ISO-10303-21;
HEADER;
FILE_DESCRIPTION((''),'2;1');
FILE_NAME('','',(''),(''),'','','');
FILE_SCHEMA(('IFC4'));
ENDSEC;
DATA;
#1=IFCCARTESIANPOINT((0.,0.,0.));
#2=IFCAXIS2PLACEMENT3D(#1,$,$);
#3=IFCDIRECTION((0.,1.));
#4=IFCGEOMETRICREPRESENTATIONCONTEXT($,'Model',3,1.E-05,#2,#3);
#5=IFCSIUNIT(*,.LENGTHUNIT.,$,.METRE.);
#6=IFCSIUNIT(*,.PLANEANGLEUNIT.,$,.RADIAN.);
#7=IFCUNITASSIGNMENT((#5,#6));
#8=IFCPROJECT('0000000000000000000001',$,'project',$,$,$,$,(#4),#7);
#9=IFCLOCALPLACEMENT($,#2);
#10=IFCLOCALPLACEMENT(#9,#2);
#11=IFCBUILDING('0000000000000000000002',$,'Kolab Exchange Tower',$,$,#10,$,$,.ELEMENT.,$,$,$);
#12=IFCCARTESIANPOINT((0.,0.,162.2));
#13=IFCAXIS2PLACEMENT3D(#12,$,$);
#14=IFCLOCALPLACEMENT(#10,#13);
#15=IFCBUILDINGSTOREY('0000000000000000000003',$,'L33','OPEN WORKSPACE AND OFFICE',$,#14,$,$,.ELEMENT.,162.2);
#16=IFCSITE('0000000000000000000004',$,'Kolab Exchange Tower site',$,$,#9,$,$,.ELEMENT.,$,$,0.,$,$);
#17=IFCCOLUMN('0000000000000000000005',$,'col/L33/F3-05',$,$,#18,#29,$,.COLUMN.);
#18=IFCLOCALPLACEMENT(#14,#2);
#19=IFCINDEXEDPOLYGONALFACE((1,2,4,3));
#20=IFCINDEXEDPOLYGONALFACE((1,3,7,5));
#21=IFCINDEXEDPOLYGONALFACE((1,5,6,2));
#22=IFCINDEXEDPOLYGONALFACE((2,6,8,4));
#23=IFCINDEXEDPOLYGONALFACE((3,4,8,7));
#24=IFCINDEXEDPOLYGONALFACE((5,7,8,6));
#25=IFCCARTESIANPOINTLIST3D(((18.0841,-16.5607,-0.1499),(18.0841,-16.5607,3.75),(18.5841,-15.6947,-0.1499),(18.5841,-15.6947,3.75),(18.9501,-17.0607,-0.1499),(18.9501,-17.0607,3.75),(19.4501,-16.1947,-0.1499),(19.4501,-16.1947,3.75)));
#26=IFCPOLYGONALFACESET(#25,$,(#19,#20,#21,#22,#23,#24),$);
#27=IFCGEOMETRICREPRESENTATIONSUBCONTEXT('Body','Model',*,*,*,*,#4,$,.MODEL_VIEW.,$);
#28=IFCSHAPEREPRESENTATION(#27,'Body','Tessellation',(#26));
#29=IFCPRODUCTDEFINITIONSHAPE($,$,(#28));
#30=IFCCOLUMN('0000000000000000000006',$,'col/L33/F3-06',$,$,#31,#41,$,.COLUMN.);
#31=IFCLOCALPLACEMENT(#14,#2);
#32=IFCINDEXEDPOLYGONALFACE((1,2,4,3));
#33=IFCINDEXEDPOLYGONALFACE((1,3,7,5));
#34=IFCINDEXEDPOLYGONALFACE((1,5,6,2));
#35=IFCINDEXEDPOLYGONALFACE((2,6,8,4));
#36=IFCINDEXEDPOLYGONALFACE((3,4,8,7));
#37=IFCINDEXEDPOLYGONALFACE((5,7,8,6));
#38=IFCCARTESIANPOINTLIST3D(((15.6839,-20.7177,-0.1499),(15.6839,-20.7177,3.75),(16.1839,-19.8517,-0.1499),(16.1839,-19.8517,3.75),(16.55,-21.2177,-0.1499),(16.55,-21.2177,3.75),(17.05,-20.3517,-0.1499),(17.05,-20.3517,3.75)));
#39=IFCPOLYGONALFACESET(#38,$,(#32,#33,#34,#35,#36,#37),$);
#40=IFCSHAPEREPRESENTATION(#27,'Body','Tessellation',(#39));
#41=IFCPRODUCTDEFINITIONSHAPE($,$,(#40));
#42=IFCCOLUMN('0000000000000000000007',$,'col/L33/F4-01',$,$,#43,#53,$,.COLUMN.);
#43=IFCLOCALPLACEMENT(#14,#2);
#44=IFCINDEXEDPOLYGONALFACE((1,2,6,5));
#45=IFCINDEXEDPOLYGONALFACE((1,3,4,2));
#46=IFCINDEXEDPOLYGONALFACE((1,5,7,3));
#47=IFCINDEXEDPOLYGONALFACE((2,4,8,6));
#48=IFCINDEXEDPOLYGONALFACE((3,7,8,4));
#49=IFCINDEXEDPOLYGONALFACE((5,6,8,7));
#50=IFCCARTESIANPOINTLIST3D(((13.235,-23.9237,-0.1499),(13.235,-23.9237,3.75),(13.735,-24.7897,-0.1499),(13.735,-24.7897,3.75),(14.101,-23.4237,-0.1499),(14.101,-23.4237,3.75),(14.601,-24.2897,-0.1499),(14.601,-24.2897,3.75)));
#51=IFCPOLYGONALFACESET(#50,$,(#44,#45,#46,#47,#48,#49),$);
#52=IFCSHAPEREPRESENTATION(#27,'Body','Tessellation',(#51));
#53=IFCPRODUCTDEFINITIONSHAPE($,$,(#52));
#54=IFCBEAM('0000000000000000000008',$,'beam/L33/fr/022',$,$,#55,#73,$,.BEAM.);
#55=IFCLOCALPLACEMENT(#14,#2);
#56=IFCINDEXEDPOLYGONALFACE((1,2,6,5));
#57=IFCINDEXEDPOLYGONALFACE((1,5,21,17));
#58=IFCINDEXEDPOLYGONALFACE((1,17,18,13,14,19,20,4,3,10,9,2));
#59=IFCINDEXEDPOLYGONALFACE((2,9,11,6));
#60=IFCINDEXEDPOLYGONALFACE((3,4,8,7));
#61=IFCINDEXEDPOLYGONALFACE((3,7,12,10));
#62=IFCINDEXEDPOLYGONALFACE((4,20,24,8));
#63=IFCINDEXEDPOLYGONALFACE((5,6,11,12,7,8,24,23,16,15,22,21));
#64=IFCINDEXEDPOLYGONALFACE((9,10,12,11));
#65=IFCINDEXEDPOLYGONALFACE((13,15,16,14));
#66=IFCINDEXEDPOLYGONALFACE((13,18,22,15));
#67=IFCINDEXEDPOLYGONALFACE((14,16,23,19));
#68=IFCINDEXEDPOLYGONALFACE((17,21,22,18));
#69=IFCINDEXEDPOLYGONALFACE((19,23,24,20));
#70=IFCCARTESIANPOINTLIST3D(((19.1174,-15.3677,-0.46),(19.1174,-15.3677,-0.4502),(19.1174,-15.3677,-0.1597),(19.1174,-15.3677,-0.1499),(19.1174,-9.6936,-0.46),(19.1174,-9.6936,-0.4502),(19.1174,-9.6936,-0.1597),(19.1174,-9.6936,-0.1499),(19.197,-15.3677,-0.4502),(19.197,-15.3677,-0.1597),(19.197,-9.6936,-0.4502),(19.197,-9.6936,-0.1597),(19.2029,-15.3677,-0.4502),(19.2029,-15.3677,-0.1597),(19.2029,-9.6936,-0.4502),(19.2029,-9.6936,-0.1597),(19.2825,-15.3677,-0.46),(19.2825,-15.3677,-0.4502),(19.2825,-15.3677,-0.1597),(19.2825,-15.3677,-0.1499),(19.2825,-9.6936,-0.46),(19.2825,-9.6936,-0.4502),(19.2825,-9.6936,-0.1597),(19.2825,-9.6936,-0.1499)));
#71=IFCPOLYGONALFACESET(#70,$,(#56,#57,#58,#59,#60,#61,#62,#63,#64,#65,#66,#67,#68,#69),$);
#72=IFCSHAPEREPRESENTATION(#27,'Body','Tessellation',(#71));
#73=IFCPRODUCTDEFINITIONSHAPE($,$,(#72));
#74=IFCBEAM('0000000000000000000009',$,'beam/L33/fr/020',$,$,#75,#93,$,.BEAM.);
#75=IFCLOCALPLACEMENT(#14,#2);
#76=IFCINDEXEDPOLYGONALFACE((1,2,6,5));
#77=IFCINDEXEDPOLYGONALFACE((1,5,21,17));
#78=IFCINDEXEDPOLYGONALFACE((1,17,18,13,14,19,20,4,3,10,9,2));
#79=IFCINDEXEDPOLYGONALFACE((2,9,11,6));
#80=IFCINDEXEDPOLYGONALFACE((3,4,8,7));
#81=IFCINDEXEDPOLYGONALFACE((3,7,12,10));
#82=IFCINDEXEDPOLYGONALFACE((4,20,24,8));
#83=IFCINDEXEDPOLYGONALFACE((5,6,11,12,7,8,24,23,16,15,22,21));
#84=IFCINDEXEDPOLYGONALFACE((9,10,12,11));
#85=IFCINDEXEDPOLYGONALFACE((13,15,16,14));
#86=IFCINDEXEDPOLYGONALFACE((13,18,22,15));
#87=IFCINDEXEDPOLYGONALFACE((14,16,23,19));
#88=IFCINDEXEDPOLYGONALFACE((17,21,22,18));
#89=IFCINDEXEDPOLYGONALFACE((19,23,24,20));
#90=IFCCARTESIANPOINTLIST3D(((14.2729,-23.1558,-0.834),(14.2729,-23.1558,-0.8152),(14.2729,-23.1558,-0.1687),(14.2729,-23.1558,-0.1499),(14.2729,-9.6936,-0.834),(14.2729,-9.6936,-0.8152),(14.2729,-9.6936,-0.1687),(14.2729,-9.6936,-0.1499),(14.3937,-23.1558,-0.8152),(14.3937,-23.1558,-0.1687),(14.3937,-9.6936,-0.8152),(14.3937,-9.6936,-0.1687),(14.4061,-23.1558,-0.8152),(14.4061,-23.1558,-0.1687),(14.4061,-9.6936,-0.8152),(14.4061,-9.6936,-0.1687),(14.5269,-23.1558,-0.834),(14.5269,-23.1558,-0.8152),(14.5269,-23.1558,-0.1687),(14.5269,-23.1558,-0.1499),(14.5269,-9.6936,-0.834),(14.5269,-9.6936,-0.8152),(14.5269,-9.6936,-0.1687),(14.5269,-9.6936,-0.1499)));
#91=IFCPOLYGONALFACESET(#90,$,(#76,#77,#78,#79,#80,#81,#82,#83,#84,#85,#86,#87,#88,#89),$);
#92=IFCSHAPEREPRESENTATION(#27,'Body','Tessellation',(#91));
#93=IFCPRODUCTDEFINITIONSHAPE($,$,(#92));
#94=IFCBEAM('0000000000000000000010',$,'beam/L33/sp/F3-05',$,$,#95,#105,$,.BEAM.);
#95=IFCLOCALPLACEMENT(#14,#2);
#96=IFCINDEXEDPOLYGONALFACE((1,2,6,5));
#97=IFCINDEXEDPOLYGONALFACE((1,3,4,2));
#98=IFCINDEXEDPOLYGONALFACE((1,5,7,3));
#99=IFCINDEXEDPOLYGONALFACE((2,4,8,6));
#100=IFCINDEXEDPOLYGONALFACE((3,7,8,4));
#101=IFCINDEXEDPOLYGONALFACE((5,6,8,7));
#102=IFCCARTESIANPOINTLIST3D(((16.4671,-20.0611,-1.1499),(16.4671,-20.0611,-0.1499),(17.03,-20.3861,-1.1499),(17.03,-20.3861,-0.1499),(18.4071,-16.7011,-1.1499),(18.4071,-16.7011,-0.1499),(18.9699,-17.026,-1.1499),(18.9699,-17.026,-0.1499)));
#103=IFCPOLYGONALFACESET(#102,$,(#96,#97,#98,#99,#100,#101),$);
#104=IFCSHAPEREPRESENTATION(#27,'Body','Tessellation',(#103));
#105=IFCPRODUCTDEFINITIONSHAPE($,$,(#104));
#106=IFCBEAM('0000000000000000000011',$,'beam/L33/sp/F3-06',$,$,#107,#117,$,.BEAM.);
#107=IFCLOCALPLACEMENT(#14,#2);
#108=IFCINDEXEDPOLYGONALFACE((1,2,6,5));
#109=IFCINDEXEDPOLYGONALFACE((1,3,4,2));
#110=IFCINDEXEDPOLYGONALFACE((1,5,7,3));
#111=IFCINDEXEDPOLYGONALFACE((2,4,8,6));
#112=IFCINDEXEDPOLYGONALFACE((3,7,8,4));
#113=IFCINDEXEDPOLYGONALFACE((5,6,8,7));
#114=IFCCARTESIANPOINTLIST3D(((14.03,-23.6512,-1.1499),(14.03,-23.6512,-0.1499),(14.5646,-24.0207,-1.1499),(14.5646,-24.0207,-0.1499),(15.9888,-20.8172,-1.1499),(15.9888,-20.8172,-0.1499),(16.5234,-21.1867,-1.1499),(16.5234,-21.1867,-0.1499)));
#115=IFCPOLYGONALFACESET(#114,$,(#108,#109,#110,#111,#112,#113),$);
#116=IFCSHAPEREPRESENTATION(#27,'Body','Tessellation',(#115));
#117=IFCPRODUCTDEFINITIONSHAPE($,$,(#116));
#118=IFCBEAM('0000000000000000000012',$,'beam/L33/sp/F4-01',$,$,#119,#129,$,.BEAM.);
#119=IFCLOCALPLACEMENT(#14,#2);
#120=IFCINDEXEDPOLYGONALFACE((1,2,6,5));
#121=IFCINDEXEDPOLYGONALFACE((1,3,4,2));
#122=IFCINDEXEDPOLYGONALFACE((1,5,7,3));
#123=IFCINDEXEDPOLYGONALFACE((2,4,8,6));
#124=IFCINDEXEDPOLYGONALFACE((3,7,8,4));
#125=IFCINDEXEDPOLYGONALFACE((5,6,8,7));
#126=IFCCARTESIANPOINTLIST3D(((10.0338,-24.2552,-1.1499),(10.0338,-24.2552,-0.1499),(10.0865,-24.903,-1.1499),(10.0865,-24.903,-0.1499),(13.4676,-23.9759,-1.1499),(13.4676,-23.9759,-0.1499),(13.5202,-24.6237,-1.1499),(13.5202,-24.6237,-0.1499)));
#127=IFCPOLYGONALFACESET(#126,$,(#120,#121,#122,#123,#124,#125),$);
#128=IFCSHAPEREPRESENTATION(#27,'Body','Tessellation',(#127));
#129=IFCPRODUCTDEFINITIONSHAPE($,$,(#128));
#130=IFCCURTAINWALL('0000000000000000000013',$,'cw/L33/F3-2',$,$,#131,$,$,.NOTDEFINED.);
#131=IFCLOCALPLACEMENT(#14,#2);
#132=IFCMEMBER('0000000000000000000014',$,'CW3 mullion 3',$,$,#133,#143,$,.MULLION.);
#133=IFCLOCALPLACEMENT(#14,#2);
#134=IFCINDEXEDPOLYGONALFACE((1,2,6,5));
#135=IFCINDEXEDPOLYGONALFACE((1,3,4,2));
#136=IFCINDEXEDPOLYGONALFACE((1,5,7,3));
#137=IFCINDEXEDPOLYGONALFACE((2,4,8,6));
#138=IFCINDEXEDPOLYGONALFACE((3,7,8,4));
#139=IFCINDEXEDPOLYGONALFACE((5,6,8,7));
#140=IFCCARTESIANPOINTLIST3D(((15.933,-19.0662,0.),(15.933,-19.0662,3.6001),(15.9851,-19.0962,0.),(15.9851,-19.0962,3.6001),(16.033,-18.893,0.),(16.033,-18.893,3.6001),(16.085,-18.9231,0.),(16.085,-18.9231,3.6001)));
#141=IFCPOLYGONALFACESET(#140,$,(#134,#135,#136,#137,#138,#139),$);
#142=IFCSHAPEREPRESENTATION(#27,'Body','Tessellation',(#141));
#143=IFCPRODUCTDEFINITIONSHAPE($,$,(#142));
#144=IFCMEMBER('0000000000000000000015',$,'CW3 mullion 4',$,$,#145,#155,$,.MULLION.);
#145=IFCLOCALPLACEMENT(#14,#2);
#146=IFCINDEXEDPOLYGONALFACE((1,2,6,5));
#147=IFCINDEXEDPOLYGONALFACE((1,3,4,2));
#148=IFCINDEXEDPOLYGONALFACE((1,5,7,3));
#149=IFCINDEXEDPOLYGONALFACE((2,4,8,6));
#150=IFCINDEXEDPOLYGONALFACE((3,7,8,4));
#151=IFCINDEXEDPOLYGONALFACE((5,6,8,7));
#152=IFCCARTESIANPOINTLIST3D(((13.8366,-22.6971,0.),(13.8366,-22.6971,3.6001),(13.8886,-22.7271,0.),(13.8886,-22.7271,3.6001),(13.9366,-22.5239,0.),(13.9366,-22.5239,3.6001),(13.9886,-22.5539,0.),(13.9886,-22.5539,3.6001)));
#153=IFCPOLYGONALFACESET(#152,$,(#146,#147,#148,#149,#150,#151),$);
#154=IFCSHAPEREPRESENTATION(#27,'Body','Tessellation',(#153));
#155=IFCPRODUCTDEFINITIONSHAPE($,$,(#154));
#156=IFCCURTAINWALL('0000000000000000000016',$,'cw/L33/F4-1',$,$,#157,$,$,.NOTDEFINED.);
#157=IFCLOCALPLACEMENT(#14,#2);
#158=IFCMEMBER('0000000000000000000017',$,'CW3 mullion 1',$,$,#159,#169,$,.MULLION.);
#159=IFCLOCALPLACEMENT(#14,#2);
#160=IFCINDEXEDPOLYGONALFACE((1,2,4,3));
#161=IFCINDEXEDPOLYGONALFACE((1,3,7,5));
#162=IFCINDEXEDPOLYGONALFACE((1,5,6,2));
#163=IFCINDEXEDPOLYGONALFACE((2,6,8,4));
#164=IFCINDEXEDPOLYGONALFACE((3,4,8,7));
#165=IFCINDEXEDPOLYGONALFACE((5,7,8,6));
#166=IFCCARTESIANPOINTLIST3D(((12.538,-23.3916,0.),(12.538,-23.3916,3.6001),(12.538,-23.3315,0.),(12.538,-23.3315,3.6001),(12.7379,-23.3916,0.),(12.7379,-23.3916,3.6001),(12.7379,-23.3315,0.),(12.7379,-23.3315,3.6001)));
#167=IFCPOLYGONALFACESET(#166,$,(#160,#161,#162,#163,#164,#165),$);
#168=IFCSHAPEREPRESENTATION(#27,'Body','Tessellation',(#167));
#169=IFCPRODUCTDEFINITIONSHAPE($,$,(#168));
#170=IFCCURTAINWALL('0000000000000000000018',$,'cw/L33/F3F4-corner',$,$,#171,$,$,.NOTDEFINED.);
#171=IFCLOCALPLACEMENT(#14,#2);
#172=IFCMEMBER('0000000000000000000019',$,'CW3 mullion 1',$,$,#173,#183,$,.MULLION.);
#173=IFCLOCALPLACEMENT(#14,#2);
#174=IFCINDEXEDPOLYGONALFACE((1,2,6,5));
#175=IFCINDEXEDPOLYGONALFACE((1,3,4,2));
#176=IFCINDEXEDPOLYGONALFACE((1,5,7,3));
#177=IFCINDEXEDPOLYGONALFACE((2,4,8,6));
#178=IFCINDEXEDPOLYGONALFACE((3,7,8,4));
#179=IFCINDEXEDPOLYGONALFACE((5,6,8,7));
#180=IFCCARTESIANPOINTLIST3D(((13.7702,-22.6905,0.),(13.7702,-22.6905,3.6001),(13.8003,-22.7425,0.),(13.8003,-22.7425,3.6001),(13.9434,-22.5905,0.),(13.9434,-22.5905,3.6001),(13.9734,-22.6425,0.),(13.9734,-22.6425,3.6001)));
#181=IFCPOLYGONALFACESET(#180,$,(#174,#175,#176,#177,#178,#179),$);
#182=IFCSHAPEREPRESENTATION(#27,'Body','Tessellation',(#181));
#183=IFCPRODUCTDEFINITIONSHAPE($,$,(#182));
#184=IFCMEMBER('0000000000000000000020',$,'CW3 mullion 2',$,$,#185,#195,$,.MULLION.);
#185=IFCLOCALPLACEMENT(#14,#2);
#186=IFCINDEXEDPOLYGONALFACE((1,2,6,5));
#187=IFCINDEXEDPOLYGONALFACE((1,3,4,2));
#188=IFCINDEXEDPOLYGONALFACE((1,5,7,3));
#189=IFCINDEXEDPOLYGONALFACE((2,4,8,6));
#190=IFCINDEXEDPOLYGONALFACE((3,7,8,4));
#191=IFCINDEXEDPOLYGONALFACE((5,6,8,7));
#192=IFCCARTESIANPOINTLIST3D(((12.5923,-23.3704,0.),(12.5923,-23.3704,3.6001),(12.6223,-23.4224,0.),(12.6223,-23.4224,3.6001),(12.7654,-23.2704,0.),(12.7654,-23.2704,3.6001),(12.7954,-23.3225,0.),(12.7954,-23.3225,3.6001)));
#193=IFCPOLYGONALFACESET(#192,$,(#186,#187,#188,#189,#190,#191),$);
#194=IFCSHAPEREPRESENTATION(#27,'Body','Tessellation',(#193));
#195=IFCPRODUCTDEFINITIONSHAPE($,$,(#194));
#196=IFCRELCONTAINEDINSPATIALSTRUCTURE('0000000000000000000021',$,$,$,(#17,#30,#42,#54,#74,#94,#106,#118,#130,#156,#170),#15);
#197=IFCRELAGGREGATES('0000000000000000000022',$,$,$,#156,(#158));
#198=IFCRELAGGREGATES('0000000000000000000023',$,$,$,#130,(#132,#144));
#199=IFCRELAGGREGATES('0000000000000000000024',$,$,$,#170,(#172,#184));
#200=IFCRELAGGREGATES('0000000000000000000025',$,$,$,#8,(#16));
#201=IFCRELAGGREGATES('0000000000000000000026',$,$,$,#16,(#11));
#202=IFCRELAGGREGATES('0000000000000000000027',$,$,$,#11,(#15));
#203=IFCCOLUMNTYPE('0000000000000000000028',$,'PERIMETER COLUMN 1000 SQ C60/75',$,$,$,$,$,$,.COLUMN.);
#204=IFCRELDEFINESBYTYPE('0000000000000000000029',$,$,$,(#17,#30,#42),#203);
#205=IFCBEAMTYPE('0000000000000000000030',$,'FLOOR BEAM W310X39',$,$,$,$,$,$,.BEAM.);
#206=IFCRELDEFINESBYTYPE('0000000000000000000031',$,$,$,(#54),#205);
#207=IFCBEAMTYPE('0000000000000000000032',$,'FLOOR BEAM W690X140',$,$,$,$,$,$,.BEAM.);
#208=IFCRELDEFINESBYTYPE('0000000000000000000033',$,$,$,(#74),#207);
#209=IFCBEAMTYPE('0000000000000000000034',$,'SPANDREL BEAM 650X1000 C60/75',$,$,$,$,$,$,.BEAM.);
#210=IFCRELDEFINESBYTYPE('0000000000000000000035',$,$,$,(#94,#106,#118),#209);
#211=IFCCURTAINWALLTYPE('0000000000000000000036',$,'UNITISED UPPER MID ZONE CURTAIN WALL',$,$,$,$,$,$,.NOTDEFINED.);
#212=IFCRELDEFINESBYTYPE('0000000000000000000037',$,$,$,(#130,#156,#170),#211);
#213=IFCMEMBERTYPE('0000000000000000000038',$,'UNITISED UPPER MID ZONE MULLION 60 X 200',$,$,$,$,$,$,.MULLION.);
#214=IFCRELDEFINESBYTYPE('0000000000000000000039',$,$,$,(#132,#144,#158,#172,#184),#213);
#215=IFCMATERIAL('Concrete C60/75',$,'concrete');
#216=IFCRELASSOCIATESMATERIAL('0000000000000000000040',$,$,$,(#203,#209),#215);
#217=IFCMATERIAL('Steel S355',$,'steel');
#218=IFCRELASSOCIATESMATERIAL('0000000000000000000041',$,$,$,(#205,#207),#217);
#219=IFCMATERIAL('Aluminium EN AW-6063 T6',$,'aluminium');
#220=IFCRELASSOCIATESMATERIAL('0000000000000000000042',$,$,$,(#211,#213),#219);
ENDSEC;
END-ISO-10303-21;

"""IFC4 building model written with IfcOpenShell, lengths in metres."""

from ifc_helpers import new_model, si_unit, direction, frame, origin, origin_2d, place, context, subcontext, project, spatial, rectangle, i_section, extrude, material, material_profile, profile_set, type_object, element, aggregate, save


model = new_model("IFC4")

# Units and contexts
model_context = context("Model", 3, precision=1e-05, world=origin(), true_north=direction((0.0, 1.0)))
body_context = subcontext(model_context, "Body", "Model", "MODEL_VIEW")
ifc_project = project(units=[si_unit("LENGTHUNIT", "METRE"), si_unit("PLANEANGLEUNIT", "RADIAN")], contexts=[model_context])

# Site, building, storey
site_placement = place(None, origin())
site = spatial("IfcSite", under=ifc_project, at=site_placement, Name="Kolab Exchange Tower site", CompositionType="ELEMENT", RefElevation=0.0)
building_placement = place(site_placement, origin())
building = spatial("IfcBuilding", under=site, at=building_placement, Name="Kolab Exchange Tower", CompositionType="ELEMENT")
storey_placement = place(building_placement, frame((0.0, 0.0, 162.2)))
storey = spatial("IfcBuildingStorey", under=building, at=storey_placement, Name="L33", Description="OPEN WORKSPACE AND OFFICE", CompositionType="ELEMENT", Elevation=162.2)

# Columns
ifc_material_1 = material(Name="Concrete C60/75", Category="concrete")
ifc_material_profile_1 = material_profile(ifc_material_1, rectangle(XDim=1.0, YDim=1.0, at=origin_2d()), Name="RC1000")
ifc_profile_set_1 = profile_set([ifc_material_profile_1], Name="Concrete C60/75")
column_type = type_object("IfcColumnType", Name="PERIMETER COLUMN 1000 SQ C60/75", PredefinedType="COLUMN", material=ifc_profile_set_1)
for number, where, z_axis, x_axis, name in (
    (1, (18.7671, -16.3777, -0.1499), (0.0, 0.0, 1.0), (0.5, 0.866025, 0.0), "col/L33/F3-05"),
    (2, (16.3669, -20.5347, -0.1499), (0.0, 0.0, 1.0), (0.5, 0.866025, 0.0), "col/L33/F3-06"),
    (3, (13.918, -24.1067, -0.1499), (0.0, 0.0, 1.0), (0.866025, 0.5, 0.0), "col/L33/F4-01"),
):
    element("IfcColumn", number, at=place(storey_placement, frame(where, z_axis=z_axis, x_axis=x_axis)), inside=storey, type_object=column_type, Name=name, PredefinedType="COLUMN", context=body_context, shape_type="SweptSolid", body=[
        extrude(rectangle(XDim=1.0, YDim=1.0, at=origin_2d()), origin(), (0.0, 0.0, 1.0), 3.8999),
    ])

# Beams
ifc_material_2 = material(Name="Steel S355", Category="steel")
ifc_material_profile_2 = material_profile(ifc_material_2, i_section(OverallWidth=0.165, OverallDepth=0.3101, WebThickness=0.0059, FlangeThickness=0.0098, at=origin_2d()), Name="W310X39")
ifc_profile_set_2 = profile_set([ifc_material_profile_2], Name="Steel S355")
beam_type_1 = type_object("IfcBeamType", Name="FLOOR BEAM W310X39", PredefinedType="BEAM", material=ifc_profile_set_2)
beam_1_placement = place(storey_placement, frame((19.2, -15.3677, -0.3049), z_axis=(0.0, 1.0, 0.0), x_axis=(-1.0, 0.0, 0.0)))
element("IfcBeam", 4, at=beam_1_placement, inside=storey, type_object=beam_type_1, Name="beam/L33/fr/022", PredefinedType="BEAM", context=body_context, shape_type="SweptSolid", body=[
    extrude(i_section(OverallWidth=0.165, OverallDepth=0.3101, WebThickness=0.0059, FlangeThickness=0.0098, at=origin_2d()), origin(), (0.0, 0.0, 1.0), 5.6741),
])
ifc_material_profile_3 = material_profile(ifc_material_2, i_section(OverallWidth=0.2539, OverallDepth=0.6841, WebThickness=0.0125, FlangeThickness=0.0188, at=origin_2d()), Name="W690X140")
ifc_profile_set_3 = profile_set([ifc_material_profile_3], Name="Steel S355")
beam_type_2 = type_object("IfcBeamType", Name="FLOOR BEAM W690X140", PredefinedType="BEAM", material=ifc_profile_set_3)
beam_2_placement = place(storey_placement, frame((14.3999, -23.1558, -0.4919), z_axis=(0.0, 1.0, 0.0), x_axis=(-1.0, 0.0, 0.0)))
element("IfcBeam", 5, at=beam_2_placement, inside=storey, type_object=beam_type_2, Name="beam/L33/fr/020", PredefinedType="BEAM", context=body_context, shape_type="SweptSolid", body=[
    extrude(i_section(OverallWidth=0.2539, OverallDepth=0.6841, WebThickness=0.0125, FlangeThickness=0.0188, at=origin_2d()), origin(), (0.0, 0.0, 1.0), 13.4622),
])
ifc_material_profile_4 = material_profile(ifc_material_1, rectangle(XDim=0.6499, YDim=1.0, at=origin_2d()), Name="RC650X1000")
ifc_profile_set_4 = profile_set([ifc_material_profile_4], Name="Concrete C60/75")
beam_type_3 = type_object("IfcBeamType", Name="SPANDREL BEAM 650X1000 C60/75", PredefinedType="BEAM", material=ifc_profile_set_4)
beam_3_placement = place(storey_placement, frame((18.6885, -16.8635, -0.6499), z_axis=(-0.499997, -0.866027, 0.0), x_axis=(0.866027, -0.499997, 0.0)))
element("IfcBeam", 6, at=beam_3_placement, inside=storey, type_object=beam_type_3, Name="beam/L33/sp/F3-05", PredefinedType="BEAM", context=body_context, shape_type="SweptSolid", body=[
    extrude(rectangle(XDim=0.6499, YDim=1.0, at=origin_2d()), origin(), (0.0, 0.0, 1.0), 3.8799),
])
for number, where, z_axis, x_axis, name in (
    (7, (16.2561, -21.002, -0.6499), (-0.568572, -0.822633, 0.0), (0.822633, -0.568572, 0.0), "beam/L33/sp/F3-06"),
    (8, (13.4939, -24.2998, -0.6499), (-0.996708, -0.081069, 0.0), (0.081069, -0.996708, 0.0), "beam/L33/sp/F4-01"),
):
    element("IfcBeam", number, at=place(storey_placement, frame(where, z_axis=z_axis, x_axis=x_axis)), inside=storey, type_object=beam_type_3, Name=name, PredefinedType="BEAM", context=body_context, shape_type="SweptSolid", body=[
        extrude(rectangle(XDim=0.6499, YDim=1.0, at=origin_2d()), origin(), (0.0, 0.0, 1.0), 3.4451),
    ])

# Curtain wall, members
ifc_material_3 = material(Name="Aluminium EN AW-6063 T6", Category="aluminium")
curtain_wall_type = type_object("IfcCurtainWallType", Name="UNITISED UPPER MID ZONE CURTAIN WALL", PredefinedType="NOTDEFINED", material=ifc_material_3)
curtain_wall_1_placement = place(storey_placement, origin())
curtain_wall_1 = element("IfcCurtainWall", 9, at=curtain_wall_1_placement, inside=storey, type_object=curtain_wall_type, Name="cw/L33/F3-2", PredefinedType="NOTDEFINED")
ifc_material_profile_5 = material_profile(ifc_material_3, rectangle(XDim=0.0601, YDim=0.2, at=origin_2d()), Name="RECT 60X200")
ifc_profile_set_5 = profile_set([ifc_material_profile_5], Name="Aluminium EN AW-6063 T6")
member_type_1 = type_object("IfcMemberType", Name="UNITISED UPPER MID ZONE MULLION 60 X 200", PredefinedType="MULLION", material=ifc_profile_set_5)
member_1_placement = place(storey_placement, frame((16.009, -18.9946, 0.0), z_axis=(0.0, 0.0, 1.0), x_axis=(0.866025, -0.5, 0.0)))
member_1 = element("IfcMember", 10, at=member_1_placement, type_object=member_type_1, Name="CW3 mullion 3", PredefinedType="MULLION", context=body_context, shape_type="SweptSolid", body=[
    extrude(rectangle(XDim=0.0601, YDim=0.2, at=origin_2d()), origin(), (0.0, 0.0, 1.0), 3.6001),
])
member_2_placement = place(storey_placement, frame((13.9126, -22.6255, 0.0), z_axis=(0.0, 0.0, 1.0), x_axis=(0.866025, -0.5, 0.0)))
member_2 = element("IfcMember", 11, at=member_2_placement, type_object=member_type_1, Name="CW3 mullion 4", PredefinedType="MULLION", context=body_context, shape_type="SweptSolid", body=[
    extrude(rectangle(XDim=0.0601, YDim=0.2, at=origin_2d()), origin(), (0.0, 0.0, 1.0), 3.6001),
])

# Curtain wall, member
curtain_wall_2_placement = place(storey_placement, origin())
curtain_wall_2 = element("IfcCurtainWall", 12, at=curtain_wall_2_placement, inside=storey, type_object=curtain_wall_type, Name="cw/L33/F4-1", PredefinedType="NOTDEFINED")
member_3_placement = place(storey_placement, frame((12.6379, -23.3616, 0.0), z_axis=(0.0, 0.0, 1.0), x_axis=(0.0, -1.0, 0.0)))
member_3 = element("IfcMember", 13, at=member_3_placement, type_object=member_type_1, Name="CW3 mullion 1", PredefinedType="MULLION", context=body_context, shape_type="SweptSolid", body=[
    extrude(rectangle(XDim=0.0601, YDim=0.2, at=origin_2d()), origin(), (0.0, 0.0, 1.0), 3.6001),
])

# Curtain wall, members
curtain_wall_3_placement = place(storey_placement, origin())
curtain_wall_3 = element("IfcCurtainWall", 14, at=curtain_wall_3_placement, inside=storey, type_object=curtain_wall_type, Name="cw/L33/F3F4-corner", PredefinedType="NOTDEFINED")
member_4_placement = place(storey_placement, frame((13.8718, -22.6665, 0.0), z_axis=(0.0, 0.0, 1.0), x_axis=(0.5, -0.866025, 0.0)))
member_4 = element("IfcMember", 15, at=member_4_placement, type_object=member_type_1, Name="CW3 mullion 1", PredefinedType="MULLION", context=body_context, shape_type="SweptSolid", body=[
    extrude(rectangle(XDim=0.0601, YDim=0.2, at=origin_2d()), origin(), (0.0, 0.0, 1.0), 3.6001),
])
member_5_placement = place(storey_placement, frame((12.6938, -23.3464, 0.0), z_axis=(0.0, 0.0, 1.0), x_axis=(0.5, -0.866025, 0.0)))
member_5 = element("IfcMember", 16, at=member_5_placement, type_object=member_type_1, Name="CW3 mullion 2", PredefinedType="MULLION", context=body_context, shape_type="SweptSolid", body=[
    extrude(rectangle(XDim=0.0601, YDim=0.2, at=origin_2d()), origin(), (0.0, 0.0, 1.0), 3.6001),
])

aggregate(curtain_wall_2, [member_3])

aggregate(curtain_wall_1, [member_1, member_2])
aggregate(curtain_wall_3, [member_4, member_5])

save(model, "model.ifc")
